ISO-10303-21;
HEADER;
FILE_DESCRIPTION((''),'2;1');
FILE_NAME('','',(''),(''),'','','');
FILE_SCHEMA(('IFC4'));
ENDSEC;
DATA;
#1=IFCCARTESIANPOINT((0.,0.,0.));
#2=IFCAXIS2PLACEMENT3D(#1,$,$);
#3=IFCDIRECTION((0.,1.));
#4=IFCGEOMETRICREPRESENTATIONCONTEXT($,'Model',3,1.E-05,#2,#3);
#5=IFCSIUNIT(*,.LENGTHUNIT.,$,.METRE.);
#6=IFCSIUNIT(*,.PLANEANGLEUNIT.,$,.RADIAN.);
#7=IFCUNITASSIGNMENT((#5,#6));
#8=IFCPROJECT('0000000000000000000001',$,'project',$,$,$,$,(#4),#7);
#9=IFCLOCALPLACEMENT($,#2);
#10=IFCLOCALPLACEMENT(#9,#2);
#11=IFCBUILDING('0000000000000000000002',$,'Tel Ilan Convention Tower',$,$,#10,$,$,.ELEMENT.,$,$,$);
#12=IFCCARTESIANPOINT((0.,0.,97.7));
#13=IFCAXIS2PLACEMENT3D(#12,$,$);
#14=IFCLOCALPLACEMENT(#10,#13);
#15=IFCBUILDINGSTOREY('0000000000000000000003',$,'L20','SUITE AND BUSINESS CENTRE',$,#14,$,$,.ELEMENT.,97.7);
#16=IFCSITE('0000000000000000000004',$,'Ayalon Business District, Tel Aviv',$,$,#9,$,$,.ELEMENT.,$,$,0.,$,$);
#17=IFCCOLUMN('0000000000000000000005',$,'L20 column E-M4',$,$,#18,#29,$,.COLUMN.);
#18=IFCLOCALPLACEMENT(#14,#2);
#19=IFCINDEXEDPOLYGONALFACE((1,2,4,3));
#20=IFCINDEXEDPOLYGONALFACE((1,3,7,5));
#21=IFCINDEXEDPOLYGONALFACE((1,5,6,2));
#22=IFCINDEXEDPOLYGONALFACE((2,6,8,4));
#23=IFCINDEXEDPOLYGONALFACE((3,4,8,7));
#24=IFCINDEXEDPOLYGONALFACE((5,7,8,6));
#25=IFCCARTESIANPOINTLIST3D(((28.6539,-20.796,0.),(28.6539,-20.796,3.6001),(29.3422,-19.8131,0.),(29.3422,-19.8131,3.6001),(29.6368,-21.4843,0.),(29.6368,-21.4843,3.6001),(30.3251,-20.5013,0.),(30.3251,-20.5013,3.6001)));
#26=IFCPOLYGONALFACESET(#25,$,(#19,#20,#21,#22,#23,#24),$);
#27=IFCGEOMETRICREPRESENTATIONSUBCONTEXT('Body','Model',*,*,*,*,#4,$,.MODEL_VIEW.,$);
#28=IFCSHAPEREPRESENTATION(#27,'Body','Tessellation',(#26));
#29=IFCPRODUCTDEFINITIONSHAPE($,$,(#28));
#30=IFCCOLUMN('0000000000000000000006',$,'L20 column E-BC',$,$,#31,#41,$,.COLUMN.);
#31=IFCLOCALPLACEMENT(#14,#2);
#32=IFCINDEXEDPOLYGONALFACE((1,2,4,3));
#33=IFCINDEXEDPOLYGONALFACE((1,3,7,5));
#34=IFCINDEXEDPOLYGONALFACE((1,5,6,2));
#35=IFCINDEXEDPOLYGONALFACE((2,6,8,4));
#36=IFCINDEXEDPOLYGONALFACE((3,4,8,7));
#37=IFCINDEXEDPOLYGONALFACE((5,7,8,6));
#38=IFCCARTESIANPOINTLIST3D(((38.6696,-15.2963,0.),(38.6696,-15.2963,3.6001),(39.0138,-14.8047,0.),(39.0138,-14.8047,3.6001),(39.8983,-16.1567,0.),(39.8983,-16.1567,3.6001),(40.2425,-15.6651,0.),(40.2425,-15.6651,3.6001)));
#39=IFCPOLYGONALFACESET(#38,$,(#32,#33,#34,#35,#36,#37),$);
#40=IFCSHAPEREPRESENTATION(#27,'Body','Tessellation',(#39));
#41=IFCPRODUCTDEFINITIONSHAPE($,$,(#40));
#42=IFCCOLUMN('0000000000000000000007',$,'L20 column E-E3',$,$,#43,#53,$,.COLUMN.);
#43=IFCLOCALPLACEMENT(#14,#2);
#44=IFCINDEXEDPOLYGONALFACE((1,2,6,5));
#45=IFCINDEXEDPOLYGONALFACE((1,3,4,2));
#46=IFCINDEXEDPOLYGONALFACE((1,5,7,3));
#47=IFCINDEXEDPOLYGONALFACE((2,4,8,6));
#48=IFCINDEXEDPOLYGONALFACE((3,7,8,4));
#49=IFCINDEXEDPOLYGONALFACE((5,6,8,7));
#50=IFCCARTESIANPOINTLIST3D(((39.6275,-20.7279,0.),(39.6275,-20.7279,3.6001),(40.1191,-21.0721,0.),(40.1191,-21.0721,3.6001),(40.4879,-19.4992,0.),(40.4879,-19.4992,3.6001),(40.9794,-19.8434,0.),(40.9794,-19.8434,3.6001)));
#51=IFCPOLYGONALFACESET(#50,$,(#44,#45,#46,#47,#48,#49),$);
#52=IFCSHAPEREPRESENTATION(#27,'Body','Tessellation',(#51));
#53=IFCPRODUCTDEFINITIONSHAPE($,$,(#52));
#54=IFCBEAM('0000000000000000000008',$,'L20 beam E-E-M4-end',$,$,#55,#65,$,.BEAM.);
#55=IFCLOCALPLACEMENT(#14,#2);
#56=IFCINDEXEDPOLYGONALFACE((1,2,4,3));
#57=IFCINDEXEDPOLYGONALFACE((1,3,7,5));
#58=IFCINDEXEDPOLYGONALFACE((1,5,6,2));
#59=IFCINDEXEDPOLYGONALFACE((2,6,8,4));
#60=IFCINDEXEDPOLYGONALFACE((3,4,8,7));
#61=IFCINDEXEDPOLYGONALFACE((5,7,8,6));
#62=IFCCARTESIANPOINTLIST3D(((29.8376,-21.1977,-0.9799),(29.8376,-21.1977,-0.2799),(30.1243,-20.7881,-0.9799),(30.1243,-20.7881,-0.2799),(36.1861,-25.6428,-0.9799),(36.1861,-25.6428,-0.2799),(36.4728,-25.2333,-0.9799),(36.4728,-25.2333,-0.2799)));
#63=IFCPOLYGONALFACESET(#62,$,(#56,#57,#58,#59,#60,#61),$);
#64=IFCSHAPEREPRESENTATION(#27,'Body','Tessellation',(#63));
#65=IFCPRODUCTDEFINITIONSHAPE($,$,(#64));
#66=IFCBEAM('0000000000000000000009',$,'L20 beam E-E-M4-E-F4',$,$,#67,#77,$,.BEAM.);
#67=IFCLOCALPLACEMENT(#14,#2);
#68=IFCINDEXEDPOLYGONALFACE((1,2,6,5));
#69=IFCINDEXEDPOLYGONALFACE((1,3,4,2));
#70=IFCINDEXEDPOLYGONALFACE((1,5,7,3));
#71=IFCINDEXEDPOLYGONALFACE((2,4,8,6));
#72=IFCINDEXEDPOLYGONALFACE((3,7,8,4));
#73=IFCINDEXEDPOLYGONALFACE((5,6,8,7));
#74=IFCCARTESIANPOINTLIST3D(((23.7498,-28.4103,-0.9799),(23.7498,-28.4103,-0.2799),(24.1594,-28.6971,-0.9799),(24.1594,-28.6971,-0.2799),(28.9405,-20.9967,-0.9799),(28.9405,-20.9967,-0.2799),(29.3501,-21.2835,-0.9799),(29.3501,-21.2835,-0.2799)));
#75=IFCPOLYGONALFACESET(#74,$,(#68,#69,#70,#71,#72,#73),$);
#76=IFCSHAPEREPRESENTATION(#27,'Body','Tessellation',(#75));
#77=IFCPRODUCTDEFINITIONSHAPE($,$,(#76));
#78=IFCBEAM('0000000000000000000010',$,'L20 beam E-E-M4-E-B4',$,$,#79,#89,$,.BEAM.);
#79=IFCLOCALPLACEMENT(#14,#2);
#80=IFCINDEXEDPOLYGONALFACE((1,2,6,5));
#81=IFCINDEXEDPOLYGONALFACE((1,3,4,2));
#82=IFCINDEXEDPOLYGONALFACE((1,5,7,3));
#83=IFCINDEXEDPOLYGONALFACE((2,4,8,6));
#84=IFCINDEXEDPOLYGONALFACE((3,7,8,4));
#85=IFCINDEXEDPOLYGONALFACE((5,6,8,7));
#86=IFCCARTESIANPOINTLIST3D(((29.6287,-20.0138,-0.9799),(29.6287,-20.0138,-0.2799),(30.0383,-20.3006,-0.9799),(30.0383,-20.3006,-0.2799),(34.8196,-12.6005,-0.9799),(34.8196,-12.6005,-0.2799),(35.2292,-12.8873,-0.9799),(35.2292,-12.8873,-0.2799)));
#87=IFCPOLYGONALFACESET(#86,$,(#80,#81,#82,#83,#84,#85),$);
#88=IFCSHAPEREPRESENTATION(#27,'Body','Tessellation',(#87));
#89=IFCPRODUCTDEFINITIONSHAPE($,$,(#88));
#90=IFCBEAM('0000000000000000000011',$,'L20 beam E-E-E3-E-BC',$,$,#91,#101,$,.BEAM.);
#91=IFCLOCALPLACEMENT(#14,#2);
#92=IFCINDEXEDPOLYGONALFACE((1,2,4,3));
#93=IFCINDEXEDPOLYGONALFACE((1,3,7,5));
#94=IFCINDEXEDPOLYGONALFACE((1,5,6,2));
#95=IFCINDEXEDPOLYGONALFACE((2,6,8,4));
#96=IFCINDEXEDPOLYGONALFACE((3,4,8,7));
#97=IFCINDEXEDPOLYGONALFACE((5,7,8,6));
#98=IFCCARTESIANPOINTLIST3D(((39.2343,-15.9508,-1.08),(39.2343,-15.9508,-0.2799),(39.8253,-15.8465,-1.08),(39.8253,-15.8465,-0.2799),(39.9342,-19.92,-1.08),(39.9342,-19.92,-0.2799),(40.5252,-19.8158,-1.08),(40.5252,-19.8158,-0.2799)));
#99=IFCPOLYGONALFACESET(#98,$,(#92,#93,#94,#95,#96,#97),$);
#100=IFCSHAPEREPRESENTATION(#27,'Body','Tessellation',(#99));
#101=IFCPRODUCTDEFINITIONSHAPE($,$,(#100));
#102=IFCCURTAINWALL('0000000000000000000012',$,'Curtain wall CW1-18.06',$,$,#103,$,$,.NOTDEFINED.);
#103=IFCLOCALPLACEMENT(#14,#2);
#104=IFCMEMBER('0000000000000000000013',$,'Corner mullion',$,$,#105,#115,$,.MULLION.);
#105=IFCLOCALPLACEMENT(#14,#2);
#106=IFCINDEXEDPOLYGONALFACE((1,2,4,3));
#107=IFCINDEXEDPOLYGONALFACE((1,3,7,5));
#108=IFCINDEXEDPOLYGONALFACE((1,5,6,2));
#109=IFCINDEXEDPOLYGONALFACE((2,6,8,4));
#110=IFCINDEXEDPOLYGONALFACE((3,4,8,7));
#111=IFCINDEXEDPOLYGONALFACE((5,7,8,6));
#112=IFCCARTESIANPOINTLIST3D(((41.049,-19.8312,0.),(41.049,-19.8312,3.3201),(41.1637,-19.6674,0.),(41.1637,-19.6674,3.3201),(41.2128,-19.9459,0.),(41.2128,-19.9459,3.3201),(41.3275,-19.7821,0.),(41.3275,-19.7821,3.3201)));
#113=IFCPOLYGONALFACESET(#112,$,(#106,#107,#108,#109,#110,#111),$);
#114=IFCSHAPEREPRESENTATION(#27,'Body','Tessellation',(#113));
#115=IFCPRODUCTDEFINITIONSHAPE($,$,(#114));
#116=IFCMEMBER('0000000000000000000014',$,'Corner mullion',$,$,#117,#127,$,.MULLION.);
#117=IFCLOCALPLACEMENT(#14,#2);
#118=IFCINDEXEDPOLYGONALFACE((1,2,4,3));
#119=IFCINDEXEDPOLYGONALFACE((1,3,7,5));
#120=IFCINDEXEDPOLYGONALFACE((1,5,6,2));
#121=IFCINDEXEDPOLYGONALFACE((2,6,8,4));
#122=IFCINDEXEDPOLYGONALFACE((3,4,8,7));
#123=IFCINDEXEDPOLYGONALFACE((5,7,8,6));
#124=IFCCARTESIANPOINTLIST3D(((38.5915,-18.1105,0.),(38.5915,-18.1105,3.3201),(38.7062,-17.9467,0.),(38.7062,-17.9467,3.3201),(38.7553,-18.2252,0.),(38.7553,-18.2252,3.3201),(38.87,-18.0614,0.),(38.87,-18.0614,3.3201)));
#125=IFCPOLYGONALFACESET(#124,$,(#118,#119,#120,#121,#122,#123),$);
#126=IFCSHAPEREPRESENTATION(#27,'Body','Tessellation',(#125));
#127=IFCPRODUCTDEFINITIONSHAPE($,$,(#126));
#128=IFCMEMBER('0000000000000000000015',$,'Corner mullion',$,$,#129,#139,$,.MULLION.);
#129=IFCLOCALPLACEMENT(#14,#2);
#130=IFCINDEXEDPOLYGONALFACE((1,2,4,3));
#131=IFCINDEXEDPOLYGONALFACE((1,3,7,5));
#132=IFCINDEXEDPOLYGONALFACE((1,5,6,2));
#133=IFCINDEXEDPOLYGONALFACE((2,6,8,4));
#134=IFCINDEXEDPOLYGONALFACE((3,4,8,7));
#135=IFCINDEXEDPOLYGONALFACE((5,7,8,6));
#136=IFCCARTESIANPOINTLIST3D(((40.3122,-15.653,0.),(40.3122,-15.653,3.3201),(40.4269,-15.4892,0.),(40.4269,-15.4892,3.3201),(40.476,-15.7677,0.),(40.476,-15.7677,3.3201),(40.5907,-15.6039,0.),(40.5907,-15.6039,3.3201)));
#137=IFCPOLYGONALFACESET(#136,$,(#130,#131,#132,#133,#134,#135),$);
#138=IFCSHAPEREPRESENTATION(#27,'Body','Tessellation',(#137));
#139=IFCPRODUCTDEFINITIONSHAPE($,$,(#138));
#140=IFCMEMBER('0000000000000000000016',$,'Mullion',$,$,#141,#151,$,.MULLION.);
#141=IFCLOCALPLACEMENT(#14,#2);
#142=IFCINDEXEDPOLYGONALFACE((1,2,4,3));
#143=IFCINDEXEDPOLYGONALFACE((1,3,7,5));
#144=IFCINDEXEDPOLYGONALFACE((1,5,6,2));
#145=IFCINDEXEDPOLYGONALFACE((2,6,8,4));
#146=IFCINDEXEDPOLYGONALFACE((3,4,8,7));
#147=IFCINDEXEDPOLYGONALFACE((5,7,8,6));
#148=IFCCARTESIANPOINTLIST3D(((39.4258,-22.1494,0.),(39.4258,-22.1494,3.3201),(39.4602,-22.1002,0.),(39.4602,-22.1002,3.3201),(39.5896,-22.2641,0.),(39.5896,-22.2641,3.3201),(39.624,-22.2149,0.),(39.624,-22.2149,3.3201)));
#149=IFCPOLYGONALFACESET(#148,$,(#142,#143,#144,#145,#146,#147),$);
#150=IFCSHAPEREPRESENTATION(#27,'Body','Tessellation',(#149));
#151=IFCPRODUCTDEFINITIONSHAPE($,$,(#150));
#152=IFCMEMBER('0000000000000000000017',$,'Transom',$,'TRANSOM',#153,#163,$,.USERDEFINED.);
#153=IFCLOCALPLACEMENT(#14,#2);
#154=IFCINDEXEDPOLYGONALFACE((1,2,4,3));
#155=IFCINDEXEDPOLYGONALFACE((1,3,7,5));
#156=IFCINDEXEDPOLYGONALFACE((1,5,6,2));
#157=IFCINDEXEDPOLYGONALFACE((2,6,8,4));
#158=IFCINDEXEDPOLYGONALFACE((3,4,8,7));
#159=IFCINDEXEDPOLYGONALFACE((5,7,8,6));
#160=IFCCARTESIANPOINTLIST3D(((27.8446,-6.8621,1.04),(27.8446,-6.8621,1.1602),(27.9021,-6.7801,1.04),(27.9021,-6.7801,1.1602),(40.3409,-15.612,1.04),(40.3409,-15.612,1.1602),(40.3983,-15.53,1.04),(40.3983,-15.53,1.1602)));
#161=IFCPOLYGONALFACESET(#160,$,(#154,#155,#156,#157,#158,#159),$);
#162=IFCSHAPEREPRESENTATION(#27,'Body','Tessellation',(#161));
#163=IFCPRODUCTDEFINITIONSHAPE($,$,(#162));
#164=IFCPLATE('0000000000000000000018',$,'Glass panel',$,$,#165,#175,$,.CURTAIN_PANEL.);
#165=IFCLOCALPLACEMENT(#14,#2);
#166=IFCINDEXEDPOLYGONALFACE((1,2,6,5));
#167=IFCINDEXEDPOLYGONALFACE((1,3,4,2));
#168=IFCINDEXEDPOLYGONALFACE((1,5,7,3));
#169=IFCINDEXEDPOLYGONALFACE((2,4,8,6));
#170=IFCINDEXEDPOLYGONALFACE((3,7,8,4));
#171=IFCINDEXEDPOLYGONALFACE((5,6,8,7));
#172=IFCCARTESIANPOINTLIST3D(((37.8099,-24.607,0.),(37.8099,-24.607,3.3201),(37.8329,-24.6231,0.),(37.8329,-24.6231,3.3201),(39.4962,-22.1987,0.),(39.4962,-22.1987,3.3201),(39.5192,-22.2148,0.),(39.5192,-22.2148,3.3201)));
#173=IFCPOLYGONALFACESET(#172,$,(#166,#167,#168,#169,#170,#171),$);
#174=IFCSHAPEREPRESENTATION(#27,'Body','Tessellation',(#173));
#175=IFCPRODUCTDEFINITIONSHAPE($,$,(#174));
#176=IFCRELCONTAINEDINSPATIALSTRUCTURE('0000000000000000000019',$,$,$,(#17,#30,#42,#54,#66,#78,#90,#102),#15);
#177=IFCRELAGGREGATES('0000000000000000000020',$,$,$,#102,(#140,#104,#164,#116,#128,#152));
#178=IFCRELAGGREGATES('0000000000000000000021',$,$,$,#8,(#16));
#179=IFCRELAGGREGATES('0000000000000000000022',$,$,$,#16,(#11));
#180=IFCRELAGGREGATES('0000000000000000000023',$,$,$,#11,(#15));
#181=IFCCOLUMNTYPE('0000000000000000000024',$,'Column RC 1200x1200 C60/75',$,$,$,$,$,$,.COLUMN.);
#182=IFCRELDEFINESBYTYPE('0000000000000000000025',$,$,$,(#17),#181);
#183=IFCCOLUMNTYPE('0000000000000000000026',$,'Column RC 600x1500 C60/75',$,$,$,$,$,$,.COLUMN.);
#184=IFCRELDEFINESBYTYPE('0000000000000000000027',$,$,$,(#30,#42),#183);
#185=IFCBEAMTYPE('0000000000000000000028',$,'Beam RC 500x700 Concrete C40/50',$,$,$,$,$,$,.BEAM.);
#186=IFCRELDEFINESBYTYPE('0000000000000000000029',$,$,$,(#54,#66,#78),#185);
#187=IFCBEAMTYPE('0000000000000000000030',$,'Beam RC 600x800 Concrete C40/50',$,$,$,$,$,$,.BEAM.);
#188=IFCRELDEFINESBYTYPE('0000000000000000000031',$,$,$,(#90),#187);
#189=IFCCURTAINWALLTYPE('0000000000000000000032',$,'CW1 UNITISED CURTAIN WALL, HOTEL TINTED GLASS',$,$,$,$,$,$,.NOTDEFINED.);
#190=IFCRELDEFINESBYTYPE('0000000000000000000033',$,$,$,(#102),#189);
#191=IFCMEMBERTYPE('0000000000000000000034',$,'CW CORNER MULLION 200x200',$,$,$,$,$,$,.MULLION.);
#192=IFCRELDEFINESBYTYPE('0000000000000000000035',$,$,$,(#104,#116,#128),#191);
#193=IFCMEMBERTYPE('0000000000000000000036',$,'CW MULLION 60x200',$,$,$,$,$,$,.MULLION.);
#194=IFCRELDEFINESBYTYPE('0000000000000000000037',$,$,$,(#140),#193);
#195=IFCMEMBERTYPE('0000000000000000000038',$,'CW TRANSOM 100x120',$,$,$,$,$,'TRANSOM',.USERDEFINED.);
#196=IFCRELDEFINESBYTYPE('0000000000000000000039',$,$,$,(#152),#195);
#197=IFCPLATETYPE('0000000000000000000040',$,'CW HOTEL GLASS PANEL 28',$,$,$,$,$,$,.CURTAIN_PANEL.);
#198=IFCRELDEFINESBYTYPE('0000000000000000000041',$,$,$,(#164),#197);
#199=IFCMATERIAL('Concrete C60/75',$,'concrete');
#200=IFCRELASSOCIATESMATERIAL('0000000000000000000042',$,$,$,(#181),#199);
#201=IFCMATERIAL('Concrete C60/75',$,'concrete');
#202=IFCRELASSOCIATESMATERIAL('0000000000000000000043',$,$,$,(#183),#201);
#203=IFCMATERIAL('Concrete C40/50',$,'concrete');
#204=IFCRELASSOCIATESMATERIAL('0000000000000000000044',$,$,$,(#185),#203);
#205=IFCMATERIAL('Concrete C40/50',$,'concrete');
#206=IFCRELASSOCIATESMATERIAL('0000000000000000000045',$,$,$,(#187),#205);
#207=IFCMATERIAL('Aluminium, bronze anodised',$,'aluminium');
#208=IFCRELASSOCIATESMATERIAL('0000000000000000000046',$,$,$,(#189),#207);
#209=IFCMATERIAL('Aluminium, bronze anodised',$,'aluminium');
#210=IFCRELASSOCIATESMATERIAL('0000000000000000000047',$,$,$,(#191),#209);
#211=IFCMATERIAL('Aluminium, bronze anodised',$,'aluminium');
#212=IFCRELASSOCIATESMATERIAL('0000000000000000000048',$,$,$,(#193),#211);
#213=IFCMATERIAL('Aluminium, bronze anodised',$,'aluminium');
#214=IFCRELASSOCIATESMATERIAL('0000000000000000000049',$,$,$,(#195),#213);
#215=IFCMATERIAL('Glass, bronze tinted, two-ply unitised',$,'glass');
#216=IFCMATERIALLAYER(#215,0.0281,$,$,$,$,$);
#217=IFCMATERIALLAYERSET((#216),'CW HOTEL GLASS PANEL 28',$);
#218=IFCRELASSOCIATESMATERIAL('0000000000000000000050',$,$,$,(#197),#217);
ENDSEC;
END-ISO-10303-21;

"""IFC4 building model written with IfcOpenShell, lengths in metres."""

from ifc_helpers import new_model, si_unit, direction, frame, origin, origin_2d, place, context, subcontext, project, spatial, rectangle, extrude, material, layer, layer_set, material_profile, profile_set, type_object, element, aggregate, save


model = new_model("IFC4")

# Units and contexts
model_context = context("Model", 3, precision=1e-05, world=origin(), true_north=direction((0.0, 1.0)))
body_context = subcontext(model_context, "Body", "Model", "MODEL_VIEW")
ifc_project = project(units=[si_unit("LENGTHUNIT", "METRE"), si_unit("PLANEANGLEUNIT", "RADIAN")], contexts=[model_context])

# Site, building, storey
site_placement = place(None, origin())
site = spatial("IfcSite", under=ifc_project, at=site_placement, Name="Ayalon Business District, Tel Aviv", CompositionType="ELEMENT", RefElevation=0.0)
building_placement = place(site_placement, origin())
building = spatial("IfcBuilding", under=site, at=building_placement, Name="Tel Ilan Convention Tower", CompositionType="ELEMENT")
storey_placement = place(building_placement, frame((0.0, 0.0, 97.7)))
storey = spatial("IfcBuildingStorey", under=building, at=storey_placement, Name="L20", Description="SUITE AND BUSINESS CENTRE", CompositionType="ELEMENT", Elevation=97.7)

# Columns
ifc_material_1 = material(Name="Concrete C60/75", Category="concrete")
ifc_material_profile_1 = material_profile(ifc_material_1, rectangle(XDim=1.2, YDim=1.2, at=origin_2d()), Name="RC 1200x1200")
ifc_profile_set_1 = profile_set([ifc_material_profile_1], Name="Concrete C60/75")
column_type_1 = type_object("IfcColumnType", Name="Column RC 1200x1200 C60/75", PredefinedType="COLUMN", material=ifc_profile_set_1)
column_placement = place(storey_placement, frame((29.4895, -20.6487, 0.0), z_axis=(0.0, 0.0, 1.0), x_axis=(0.819152, -0.573576, 0.0)))
element("IfcColumn", 1, at=column_placement, inside=storey, type_object=column_type_1, Name="L20 column E-M4", PredefinedType="COLUMN", context=body_context, shape_type="SweptSolid", body=[
    extrude(rectangle(XDim=1.2, YDim=1.2, at=origin_2d()), origin(), (0.0, 0.0, 1.0), 3.6001),
])
ifc_material_2 = material(Name="Concrete C60/75", Category="concrete")
ifc_material_profile_2 = material_profile(ifc_material_2, rectangle(XDim=1.5, YDim=0.6001, at=origin_2d()), Name="RC 600x1500")
ifc_profile_set_2 = profile_set([ifc_material_profile_2], Name="Concrete C60/75")
column_type_2 = type_object("IfcColumnType", Name="Column RC 600x1500 C60/75", PredefinedType="COLUMN", material=ifc_profile_set_2)
for number, where, z_axis, x_axis, name in (
    (2, (39.4561, -15.4807, 0.0), (0.0, 0.0, 1.0), (0.819152, -0.573576, 0.0), "L20 column E-BC"),
    (3, (40.3035, -20.2856, 0.0), (0.0, 0.0, 1.0), (0.573576, 0.819152, 0.0), "L20 column E-E3"),
):
    element("IfcColumn", number, at=place(storey_placement, frame(where, z_axis=z_axis, x_axis=x_axis)), inside=storey, type_object=column_type_2, Name=name, PredefinedType="COLUMN", context=body_context, shape_type="SweptSolid", body=[
        extrude(rectangle(XDim=1.5, YDim=0.6001, at=origin_2d()), origin(), (0.0, 0.0, 1.0), 3.6001),
    ])

# Beams
ifc_material_3 = material(Name="Concrete C40/50", Category="concrete")
ifc_material_profile_3 = material_profile(ifc_material_3, rectangle(XDim=0.5, YDim=0.7, at=origin_2d()), Name="RC 500x700")
ifc_profile_set_3 = profile_set([ifc_material_profile_3], Name="Concrete C40/50")
beam_type_1 = type_object("IfcBeamType", Name="Beam RC 500x700 Concrete C40/50", PredefinedType="BEAM", material=ifc_profile_set_3)
beam_1_placement = place(storey_placement, frame((29.981, -20.9929, -0.6299), z_axis=(0.819159, -0.573566, 0.0), x_axis=(0.573566, 0.819159, 0.0)))
element("IfcBeam", 4, at=beam_1_placement, inside=storey, type_object=beam_type_1, Name="L20 beam E-E-M4-end", PredefinedType="BEAM", context=body_context, shape_type="SweptSolid", body=[
    extrude(rectangle(XDim=0.5, YDim=0.7, at=origin_2d()), origin(), (0.0, 0.0, 1.0), 7.75),
])
for number, where, z_axis, x_axis, name in (
    (5, (29.1453, -21.1401, -0.6299), (-0.573549, -0.819171, 0.0), (0.819171, -0.573549, 0.0), "L20 beam E-E-M4-E-F4"),
    (6, (29.8335, -20.1572, -0.6299), (0.57358, 0.81915, 0.0), (-0.81915, 0.57358, 0.0), "L20 beam E-E-M4-E-B4"),
):
    element("IfcBeam", number, at=place(storey_placement, frame(where, z_axis=z_axis, x_axis=x_axis)), inside=storey, type_object=beam_type_1, Name=name, PredefinedType="BEAM", context=body_context, shape_type="SweptSolid", body=[
        extrude(rectangle(XDim=0.5, YDim=0.7, at=origin_2d()), origin(), (0.0, 0.0, 1.0), 9.05),
    ])
ifc_material_4 = material(Name="Concrete C40/50", Category="concrete")
ifc_material_profile_4 = material_profile(ifc_material_4, rectangle(XDim=0.6001, YDim=0.8, at=origin_2d()), Name="RC 600x800")
ifc_profile_set_4 = profile_set([ifc_material_profile_4], Name="Concrete C40/50")
beam_type_2 = type_object("IfcBeamType", Name="Beam RC 600x800 Concrete C40/50", PredefinedType="BEAM", material=ifc_profile_set_4)
beam_2_placement = place(storey_placement, frame((40.2297, -19.8679, -0.6799), z_axis=(-0.173664, 0.984805, 0.0), x_axis=(-0.984805, -0.173664, 0.0)))
element("IfcBeam", 7, at=beam_2_placement, inside=storey, type_object=beam_type_2, Name="L20 beam E-E-E3-E-BC", PredefinedType="BEAM", context=body_context, shape_type="SweptSolid", body=[
    extrude(rectangle(XDim=0.6001, YDim=0.8, at=origin_2d()), origin(), (0.0, 0.0, 1.0), 4.0305),
])

# Curtain wall, members, plate
ifc_material_5 = material(Name="Aluminium, bronze anodised", Category="aluminium")
curtain_wall_type = type_object("IfcCurtainWallType", Name="CW1 UNITISED CURTAIN WALL, HOTEL TINTED GLASS", PredefinedType="NOTDEFINED", material=ifc_material_5)
curtain_wall_placement = place(storey_placement, origin())
curtain_wall = element("IfcCurtainWall", 8, at=curtain_wall_placement, inside=storey, type_object=curtain_wall_type, Name="Curtain wall CW1-18.06", PredefinedType="NOTDEFINED")
ifc_material_6 = material(Name="Aluminium, bronze anodised", Category="aluminium")
ifc_material_profile_5 = material_profile(ifc_material_6, rectangle(XDim=0.2, YDim=0.2, at=origin_2d()), Name="CW CORNER MULLION 200x200")
ifc_profile_set_5 = profile_set([ifc_material_profile_5], Name="Aluminium, bronze anodised")
member_type_1 = type_object("IfcMemberType", Name="CW CORNER MULLION 200x200", PredefinedType="MULLION", material=ifc_profile_set_5)
member_1_placement = place(storey_placement, frame((41.1882, -19.8066, 0.0), z_axis=(0.0, 0.0, 1.0), x_axis=(0.573576, 0.819152, 0.0)))
member_1 = element("IfcMember", 9, at=member_1_placement, type_object=member_type_1, Name="Corner mullion", PredefinedType="MULLION", context=body_context, shape_type="SweptSolid", body=[
    extrude(rectangle(XDim=0.2, YDim=0.2, at=origin_2d()), origin(), (0.0, 0.0, 1.0), 3.3201),
])
member_2_placement = place(storey_placement, frame((38.7307, -18.0859, 0.0), z_axis=(0.0, 0.0, 1.0), x_axis=(-0.819152, 0.573576, 0.0)))
member_2 = element("IfcMember", 10, at=member_2_placement, type_object=member_type_1, Name="Corner mullion", PredefinedType="MULLION", context=body_context, shape_type="SweptSolid", body=[
    extrude(rectangle(XDim=0.2, YDim=0.2, at=origin_2d()), origin(), (0.0, 0.0, 1.0), 3.3201),
])
member_3_placement = place(storey_placement, frame((40.4514, -15.6284, 0.0), z_axis=(0.0, 0.0, 1.0), x_axis=(0.573576, 0.819152, 0.0)))
member_3 = element("IfcMember", 11, at=member_3_placement, type_object=member_type_1, Name="Corner mullion", PredefinedType="MULLION", context=body_context, shape_type="SweptSolid", body=[
    extrude(rectangle(XDim=0.2, YDim=0.2, at=origin_2d()), origin(), (0.0, 0.0, 1.0), 3.3201),
])
ifc_material_7 = material(Name="Aluminium, bronze anodised", Category="aluminium")
ifc_material_profile_6 = material_profile(ifc_material_7, rectangle(XDim=0.0601, YDim=0.2, at=origin_2d()), Name="CW MULLION 60x200")
ifc_profile_set_6 = profile_set([ifc_material_profile_6], Name="Aluminium, bronze anodised")
member_type_2 = type_object("IfcMemberType", Name="CW MULLION 60x200", PredefinedType="MULLION", material=ifc_profile_set_6)
member_4_placement = place(storey_placement, frame((39.5249, -22.1821, 0.0), z_axis=(0.0, 0.0, 1.0), x_axis=(0.573576, 0.819152, 0.0)))
member_4 = element("IfcMember", 12, at=member_4_placement, type_object=member_type_2, Name="Mullion", PredefinedType="MULLION", context=body_context, shape_type="SweptSolid", body=[
    extrude(rectangle(XDim=0.0601, YDim=0.2, at=origin_2d()), origin(), (0.0, 0.0, 1.0), 3.3201),
])
ifc_material_8 = material(Name="Aluminium, bronze anodised", Category="aluminium")
ifc_material_profile_7 = material_profile(ifc_material_8, rectangle(XDim=0.1001, YDim=0.1201, at=origin_2d()), Name="CW TRANSOM 100x120")
ifc_profile_set_7 = profile_set([ifc_material_profile_7], Name="Aluminium, bronze anodised")
member_type_3 = type_object("IfcMemberType", Name="CW TRANSOM 100x120", ElementType="TRANSOM", PredefinedType="USERDEFINED", material=ifc_profile_set_7)
member_5_placement = place(storey_placement, frame((40.3696, -15.571, 1.1001), z_axis=(-0.819153, 0.573575, 0.0), x_axis=(-0.573575, -0.819153, 0.0)))
member_5 = element("IfcMember", 13, at=member_5_placement, type_object=member_type_3, Name="Transom", ObjectType="TRANSOM", PredefinedType="USERDEFINED", context=body_context, shape_type="SweptSolid", body=[
    extrude(rectangle(XDim=0.1001, YDim=0.1201, at=origin_2d()), origin(), (0.0, 0.0, 1.0), 15.2551),
])
ifc_material_9 = material(Name="Glass, bronze tinted, two-ply unitised", Category="glass")
ifc_layer_1 = layer(ifc_material_9, 0.0281)
ifc_layer_set_1 = layer_set([ifc_layer_1], Name="CW HOTEL GLASS PANEL 28")
plate_type = type_object("IfcPlateType", Name="CW HOTEL GLASS PANEL 28", PredefinedType="CURTAIN_PANEL", material=ifc_layer_set_1)
plate_1_placement = place(storey_placement, frame((38.6646, -23.4109, 0.0), z_axis=(0.0, 0.0, 1.0), x_axis=(0.573576, 0.819152, 0.0)))
plate_1 = element("IfcPlate", 14, at=plate_1_placement, type_object=plate_type, Name="Glass panel", PredefinedType="CURTAIN_PANEL", context=body_context, shape_type="SweptSolid", body=[
    extrude(rectangle(XDim=2.9399, YDim=0.0281, at=origin_2d()), origin(), (0.0, 0.0, 1.0), 3.3201),
])
aggregate(curtain_wall, [member_4, member_1, plate_1, member_2, member_3, member_5])

save(model, "model.ifc")
